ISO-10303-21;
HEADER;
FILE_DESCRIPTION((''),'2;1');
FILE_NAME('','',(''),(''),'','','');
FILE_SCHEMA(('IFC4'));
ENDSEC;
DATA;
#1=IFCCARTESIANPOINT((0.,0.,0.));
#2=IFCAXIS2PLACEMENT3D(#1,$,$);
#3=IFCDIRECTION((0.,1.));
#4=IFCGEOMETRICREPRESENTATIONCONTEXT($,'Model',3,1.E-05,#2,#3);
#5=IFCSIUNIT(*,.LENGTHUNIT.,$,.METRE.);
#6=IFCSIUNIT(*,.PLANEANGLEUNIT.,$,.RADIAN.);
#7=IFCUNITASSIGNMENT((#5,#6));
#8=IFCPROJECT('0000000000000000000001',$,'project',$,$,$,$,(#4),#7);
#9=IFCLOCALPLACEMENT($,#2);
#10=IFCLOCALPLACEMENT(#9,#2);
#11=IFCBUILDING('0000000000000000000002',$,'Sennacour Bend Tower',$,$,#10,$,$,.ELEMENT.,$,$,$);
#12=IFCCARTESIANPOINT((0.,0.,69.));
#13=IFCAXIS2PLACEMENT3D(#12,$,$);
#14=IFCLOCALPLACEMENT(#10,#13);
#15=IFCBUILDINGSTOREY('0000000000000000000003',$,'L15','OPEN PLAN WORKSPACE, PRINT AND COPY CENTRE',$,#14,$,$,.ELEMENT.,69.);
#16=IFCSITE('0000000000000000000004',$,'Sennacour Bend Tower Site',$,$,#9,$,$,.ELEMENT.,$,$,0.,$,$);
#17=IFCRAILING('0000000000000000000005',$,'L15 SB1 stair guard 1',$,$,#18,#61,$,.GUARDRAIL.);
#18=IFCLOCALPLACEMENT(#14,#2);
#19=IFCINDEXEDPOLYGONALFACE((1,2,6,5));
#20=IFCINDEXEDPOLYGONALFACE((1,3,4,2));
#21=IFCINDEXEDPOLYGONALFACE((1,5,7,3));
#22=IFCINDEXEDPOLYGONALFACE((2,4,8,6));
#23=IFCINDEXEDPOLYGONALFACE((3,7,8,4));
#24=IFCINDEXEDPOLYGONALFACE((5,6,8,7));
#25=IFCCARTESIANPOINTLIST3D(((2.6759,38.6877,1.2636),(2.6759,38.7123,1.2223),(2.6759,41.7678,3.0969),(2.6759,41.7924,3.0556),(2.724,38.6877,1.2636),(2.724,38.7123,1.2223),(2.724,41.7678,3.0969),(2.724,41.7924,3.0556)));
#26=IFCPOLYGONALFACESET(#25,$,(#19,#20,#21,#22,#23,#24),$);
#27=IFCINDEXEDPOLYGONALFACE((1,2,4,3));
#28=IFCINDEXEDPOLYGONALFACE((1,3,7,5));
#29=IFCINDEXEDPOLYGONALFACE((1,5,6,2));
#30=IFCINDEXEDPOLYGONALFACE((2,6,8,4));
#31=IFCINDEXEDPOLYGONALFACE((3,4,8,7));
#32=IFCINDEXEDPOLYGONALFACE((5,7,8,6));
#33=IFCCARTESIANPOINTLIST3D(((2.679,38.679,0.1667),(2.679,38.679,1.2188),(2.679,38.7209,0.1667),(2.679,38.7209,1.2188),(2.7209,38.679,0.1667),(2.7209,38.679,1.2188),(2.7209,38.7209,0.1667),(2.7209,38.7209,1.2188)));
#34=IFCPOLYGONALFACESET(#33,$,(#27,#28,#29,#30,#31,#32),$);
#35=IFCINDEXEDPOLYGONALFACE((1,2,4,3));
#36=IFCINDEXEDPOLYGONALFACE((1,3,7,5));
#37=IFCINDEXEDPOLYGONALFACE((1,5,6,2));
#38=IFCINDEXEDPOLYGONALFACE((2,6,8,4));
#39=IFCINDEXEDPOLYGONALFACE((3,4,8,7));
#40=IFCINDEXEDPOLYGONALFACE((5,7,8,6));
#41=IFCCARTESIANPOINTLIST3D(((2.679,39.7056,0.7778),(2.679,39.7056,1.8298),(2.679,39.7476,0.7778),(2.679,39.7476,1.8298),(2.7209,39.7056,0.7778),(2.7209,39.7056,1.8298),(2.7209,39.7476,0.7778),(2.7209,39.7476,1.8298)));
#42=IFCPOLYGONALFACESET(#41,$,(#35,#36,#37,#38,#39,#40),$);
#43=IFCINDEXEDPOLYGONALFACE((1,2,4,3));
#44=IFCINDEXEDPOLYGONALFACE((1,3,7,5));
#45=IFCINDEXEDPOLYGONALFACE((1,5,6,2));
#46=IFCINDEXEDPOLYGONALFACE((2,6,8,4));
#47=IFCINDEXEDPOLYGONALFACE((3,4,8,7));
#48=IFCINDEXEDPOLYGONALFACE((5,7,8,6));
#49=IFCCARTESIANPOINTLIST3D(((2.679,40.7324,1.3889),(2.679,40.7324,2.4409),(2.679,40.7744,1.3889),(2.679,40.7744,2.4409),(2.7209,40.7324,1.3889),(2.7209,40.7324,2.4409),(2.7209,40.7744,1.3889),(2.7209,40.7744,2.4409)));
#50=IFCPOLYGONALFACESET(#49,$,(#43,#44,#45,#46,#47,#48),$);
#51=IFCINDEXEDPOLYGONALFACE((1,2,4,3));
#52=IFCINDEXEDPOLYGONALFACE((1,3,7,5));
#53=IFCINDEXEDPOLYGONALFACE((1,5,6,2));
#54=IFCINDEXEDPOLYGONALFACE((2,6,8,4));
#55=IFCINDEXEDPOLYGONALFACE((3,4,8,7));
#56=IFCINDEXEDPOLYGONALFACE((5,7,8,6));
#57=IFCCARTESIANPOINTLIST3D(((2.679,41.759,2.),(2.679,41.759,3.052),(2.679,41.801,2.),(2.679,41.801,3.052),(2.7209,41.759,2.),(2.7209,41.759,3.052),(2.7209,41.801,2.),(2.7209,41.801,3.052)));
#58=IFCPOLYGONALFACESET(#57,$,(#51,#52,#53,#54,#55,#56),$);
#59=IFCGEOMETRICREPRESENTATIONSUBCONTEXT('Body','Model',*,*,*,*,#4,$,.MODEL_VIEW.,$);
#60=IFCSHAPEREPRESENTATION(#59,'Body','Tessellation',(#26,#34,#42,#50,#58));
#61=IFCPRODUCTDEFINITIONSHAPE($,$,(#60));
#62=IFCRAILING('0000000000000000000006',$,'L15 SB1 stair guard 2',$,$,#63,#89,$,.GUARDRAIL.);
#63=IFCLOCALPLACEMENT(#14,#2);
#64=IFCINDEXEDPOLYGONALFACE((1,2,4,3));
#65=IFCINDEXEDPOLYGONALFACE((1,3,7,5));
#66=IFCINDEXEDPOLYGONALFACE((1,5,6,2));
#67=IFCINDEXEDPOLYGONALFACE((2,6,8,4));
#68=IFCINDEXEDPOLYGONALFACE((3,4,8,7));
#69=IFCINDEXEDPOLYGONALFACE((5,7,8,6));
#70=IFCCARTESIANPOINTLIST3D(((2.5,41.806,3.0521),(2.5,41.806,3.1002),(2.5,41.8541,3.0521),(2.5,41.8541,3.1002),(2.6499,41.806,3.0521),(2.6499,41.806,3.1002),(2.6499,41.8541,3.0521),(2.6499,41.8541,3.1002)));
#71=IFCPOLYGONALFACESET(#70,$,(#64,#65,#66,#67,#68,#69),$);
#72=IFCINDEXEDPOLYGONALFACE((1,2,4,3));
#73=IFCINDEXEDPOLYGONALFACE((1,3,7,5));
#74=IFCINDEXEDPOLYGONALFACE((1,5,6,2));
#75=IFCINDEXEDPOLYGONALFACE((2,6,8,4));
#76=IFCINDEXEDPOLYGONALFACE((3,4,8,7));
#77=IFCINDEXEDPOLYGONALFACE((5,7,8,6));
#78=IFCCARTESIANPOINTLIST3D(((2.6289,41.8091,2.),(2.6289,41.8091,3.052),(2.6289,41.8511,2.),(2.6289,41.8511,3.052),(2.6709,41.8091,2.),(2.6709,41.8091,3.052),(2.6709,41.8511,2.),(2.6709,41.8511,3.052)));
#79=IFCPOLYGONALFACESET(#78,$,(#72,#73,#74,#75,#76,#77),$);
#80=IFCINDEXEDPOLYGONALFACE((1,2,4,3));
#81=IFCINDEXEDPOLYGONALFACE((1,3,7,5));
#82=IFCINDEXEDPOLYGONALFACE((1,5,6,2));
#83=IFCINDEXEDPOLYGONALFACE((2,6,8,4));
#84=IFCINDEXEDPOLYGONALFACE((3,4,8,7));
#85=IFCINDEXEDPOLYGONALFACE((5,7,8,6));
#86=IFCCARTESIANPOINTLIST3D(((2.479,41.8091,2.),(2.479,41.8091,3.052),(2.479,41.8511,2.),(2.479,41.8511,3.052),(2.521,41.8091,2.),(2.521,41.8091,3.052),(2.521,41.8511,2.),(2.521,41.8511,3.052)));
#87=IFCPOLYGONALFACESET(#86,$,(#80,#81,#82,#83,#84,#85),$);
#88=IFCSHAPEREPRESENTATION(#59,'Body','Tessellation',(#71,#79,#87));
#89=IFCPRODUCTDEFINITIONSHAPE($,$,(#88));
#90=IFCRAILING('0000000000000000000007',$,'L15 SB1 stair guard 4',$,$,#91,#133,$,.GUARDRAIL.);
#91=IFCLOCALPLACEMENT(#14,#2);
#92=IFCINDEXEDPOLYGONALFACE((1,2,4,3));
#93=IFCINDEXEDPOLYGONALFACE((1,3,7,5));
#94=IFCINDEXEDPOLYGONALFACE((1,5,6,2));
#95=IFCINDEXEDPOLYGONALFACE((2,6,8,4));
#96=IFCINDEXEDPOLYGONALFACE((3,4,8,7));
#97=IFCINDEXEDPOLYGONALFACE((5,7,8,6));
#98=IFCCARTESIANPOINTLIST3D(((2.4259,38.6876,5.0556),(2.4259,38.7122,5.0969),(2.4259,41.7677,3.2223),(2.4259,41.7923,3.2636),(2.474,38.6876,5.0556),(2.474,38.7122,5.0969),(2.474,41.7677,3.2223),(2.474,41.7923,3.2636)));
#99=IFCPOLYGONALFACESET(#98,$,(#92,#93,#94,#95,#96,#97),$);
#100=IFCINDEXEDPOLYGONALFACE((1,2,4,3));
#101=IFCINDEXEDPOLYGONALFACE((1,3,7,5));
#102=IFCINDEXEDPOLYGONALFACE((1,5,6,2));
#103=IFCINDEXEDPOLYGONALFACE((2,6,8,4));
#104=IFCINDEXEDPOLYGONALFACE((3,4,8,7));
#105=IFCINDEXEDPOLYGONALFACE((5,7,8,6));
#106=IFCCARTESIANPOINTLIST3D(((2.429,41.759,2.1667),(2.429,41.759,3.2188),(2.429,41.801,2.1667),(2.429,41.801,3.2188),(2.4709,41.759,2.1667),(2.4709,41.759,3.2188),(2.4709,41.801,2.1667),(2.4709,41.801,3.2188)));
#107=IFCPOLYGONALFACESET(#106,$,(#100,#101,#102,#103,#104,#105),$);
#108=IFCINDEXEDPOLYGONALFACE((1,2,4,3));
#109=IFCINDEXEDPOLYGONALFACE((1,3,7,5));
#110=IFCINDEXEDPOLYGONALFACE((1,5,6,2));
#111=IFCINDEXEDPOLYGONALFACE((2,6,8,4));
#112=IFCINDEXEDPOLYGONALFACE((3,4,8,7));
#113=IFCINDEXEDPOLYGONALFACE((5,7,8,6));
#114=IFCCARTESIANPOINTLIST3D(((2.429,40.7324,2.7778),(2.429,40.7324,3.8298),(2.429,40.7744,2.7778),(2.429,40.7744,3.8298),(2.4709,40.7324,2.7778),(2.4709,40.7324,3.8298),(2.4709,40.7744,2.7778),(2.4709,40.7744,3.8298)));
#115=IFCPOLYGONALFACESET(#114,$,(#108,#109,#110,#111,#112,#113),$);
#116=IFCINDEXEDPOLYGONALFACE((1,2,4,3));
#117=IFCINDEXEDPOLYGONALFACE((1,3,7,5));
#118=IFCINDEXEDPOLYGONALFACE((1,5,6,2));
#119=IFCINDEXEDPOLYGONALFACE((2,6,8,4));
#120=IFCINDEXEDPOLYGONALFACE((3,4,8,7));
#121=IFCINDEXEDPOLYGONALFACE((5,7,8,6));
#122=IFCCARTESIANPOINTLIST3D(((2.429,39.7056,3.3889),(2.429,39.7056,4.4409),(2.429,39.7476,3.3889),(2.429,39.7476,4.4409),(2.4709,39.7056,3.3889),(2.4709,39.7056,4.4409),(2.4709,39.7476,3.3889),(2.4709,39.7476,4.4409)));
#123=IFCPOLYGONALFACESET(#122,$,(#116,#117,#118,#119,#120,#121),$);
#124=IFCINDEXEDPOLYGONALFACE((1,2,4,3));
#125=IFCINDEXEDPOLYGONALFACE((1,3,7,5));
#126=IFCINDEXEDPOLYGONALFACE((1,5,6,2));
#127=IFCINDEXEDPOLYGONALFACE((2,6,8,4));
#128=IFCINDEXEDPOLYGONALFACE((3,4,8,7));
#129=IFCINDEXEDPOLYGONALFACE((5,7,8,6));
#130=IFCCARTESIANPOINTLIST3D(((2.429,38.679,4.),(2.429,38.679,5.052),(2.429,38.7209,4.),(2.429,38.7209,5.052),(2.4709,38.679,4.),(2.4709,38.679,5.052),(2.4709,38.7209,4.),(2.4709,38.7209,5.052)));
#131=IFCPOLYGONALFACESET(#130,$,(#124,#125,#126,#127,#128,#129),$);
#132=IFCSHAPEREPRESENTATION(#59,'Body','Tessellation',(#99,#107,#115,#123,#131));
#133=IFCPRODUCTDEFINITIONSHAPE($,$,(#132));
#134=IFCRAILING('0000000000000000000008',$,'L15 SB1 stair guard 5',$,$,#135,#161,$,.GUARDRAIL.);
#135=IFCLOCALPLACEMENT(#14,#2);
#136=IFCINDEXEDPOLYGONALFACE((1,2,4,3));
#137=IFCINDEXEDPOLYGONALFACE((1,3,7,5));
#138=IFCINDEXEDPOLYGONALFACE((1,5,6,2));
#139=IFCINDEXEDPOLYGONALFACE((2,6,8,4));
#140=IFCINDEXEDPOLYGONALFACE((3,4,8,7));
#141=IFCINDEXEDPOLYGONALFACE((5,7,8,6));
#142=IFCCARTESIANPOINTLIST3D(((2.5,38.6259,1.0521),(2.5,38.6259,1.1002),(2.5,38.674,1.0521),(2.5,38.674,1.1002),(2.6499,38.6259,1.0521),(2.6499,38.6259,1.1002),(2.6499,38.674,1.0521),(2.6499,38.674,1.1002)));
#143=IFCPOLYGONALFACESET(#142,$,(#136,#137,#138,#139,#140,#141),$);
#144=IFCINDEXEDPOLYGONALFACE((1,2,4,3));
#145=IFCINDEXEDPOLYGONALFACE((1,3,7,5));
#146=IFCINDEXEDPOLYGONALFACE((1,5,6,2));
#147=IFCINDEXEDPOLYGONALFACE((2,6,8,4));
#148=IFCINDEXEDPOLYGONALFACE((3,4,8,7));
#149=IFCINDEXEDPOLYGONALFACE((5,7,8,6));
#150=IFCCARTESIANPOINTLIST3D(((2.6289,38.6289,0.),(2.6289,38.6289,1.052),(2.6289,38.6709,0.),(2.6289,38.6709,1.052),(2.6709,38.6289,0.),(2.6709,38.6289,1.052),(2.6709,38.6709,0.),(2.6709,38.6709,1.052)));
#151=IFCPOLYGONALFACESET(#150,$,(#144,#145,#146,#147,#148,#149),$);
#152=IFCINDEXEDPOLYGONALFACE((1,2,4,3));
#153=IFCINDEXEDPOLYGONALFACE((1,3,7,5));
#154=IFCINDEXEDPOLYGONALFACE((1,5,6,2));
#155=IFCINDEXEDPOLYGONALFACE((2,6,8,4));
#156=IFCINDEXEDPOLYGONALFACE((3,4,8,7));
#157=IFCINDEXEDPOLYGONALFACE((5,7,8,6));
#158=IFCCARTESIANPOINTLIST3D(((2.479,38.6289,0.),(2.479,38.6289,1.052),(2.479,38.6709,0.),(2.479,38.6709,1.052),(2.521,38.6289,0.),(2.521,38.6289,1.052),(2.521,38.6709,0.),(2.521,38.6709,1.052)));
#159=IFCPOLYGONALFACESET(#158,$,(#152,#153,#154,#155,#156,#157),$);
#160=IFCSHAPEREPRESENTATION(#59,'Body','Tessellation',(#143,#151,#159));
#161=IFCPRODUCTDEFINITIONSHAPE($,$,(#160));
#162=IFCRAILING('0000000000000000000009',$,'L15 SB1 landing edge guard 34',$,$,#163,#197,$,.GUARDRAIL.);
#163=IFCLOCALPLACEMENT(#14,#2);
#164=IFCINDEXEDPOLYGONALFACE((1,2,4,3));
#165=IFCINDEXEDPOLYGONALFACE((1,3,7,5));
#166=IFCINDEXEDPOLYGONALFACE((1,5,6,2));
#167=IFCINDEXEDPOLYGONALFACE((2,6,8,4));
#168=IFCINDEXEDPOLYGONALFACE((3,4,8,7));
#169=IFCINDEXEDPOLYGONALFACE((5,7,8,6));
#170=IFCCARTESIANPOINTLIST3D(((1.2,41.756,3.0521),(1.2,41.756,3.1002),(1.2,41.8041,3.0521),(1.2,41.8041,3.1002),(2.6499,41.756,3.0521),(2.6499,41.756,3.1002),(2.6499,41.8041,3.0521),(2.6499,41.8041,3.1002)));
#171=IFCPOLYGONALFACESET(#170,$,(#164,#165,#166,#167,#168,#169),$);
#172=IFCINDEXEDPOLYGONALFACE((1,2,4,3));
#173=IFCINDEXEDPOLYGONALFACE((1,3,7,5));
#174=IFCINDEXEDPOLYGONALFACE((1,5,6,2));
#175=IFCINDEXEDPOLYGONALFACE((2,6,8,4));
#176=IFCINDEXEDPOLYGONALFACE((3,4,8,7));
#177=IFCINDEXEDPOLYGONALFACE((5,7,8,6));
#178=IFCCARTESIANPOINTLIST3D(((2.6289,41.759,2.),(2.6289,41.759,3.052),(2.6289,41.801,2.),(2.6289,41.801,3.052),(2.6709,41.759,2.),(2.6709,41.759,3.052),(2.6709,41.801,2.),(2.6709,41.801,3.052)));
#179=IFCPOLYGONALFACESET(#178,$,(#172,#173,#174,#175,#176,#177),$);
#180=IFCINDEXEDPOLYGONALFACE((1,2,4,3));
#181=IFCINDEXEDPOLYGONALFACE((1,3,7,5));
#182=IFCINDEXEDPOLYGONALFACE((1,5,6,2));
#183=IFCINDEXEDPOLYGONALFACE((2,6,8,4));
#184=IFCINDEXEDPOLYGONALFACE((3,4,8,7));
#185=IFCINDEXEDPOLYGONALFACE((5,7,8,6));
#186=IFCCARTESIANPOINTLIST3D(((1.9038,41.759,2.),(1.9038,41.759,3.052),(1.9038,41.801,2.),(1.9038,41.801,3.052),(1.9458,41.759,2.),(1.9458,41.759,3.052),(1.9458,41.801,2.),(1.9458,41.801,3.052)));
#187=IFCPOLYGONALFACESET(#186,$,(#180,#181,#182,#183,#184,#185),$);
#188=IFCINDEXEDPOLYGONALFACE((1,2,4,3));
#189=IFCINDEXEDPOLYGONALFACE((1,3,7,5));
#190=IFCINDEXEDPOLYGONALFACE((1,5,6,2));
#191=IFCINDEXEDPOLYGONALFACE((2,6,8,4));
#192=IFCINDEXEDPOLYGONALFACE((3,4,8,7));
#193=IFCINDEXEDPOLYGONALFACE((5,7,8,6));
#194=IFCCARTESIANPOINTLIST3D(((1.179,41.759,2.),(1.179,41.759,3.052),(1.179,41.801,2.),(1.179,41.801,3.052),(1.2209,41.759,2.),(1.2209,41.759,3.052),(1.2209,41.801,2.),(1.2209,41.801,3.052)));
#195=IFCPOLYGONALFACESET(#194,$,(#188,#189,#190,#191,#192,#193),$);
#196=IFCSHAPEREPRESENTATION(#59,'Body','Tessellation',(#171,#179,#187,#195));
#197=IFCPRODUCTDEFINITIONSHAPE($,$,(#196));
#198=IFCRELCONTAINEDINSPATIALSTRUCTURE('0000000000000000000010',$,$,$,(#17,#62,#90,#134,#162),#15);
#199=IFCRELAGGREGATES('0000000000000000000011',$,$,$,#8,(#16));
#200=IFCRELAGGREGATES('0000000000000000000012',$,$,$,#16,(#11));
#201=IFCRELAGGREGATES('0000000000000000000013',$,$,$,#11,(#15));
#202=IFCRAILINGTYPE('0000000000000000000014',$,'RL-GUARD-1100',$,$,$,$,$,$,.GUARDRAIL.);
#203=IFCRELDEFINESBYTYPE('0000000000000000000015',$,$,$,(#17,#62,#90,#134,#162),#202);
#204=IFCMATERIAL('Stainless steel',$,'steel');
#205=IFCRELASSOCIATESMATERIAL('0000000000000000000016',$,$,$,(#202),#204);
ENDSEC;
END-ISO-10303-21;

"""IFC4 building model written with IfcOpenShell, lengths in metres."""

from ifc_helpers import new_model, si_unit, direction, frame, origin, origin_2d, place, context, subcontext, project, spatial, rectangle, extrude, material, type_object, element, save


model = new_model("IFC4")

# Units and contexts
model_context = context("Model", 3, precision=1e-05, world=origin(), true_north=direction((0.0, 1.0)))
body_context = subcontext(model_context, "Body", "Model", "MODEL_VIEW")
ifc_project = project(units=[si_unit("LENGTHUNIT", "METRE"), si_unit("PLANEANGLEUNIT", "RADIAN")], contexts=[model_context])

# Site, building, storey
site_placement = place(None, origin())
site = spatial("IfcSite", under=ifc_project, at=site_placement, Name="Sennacour Bend Tower Site", CompositionType="ELEMENT", RefElevation=0.0)
building_placement = place(site_placement, origin())
building = spatial("IfcBuilding", under=site, at=building_placement, Name="Sennacour Bend Tower", CompositionType="ELEMENT")
storey_placement = place(building_placement, frame((0.0, 0.0, 69.0)))
storey = spatial("IfcBuildingStorey", under=building, at=storey_placement, Name="L15", Description="OPEN PLAN WORKSPACE, PRINT AND COPY CENTRE", CompositionType="ELEMENT", Elevation=69.0)

# Railings
ifc_material_1 = material(Name="Stainless steel", Category="steel")
railing_type_1 = type_object("IfcRailingType", Name="RL-GUARD-1100", PredefinedType="GUARDRAIL", material=ifc_material_1)
railing_1_placement = place(storey_placement, frame((2.7, 38.7, 0.1667)))
element("IfcRailing", 1, at=railing_1_placement, inside=storey, type_object=railing_type_1, Name="L15 SB1 stair guard 1", PredefinedType="GUARDRAIL", context=body_context, shape_type="SweptSolid", body=[
    extrude(rectangle(XDim=0.0481, YDim=0.0481, at=origin_2d()), frame((0.0, 0.0, 1.0762), z_axis=(0.0, 0.859309, 0.511458), x_axis=(-1.0, 0.0, 0.0)), (0.0, 0.0, 1.0), 3.5845),
    extrude(rectangle(XDim=0.042, YDim=0.042, at=origin_2d()), origin(), (0.0, 0.0, 1.0), 1.052),
    extrude(rectangle(XDim=0.042, YDim=0.042, at=origin_2d()), frame((0.0, 1.0266, 0.6111)), (0.0, 0.0, 1.0), 1.052),
    extrude(rectangle(XDim=0.042, YDim=0.042, at=origin_2d()), frame((0.0, 2.0535, 1.2222)), (0.0, 0.0, 1.0), 1.052),
    extrude(rectangle(XDim=0.042, YDim=0.042, at=origin_2d()), frame((0.0, 3.0801, 1.8333)), (0.0, 0.0, 1.0), 1.052),
])
railing_2_placement = place(storey_placement, frame((2.6499, 41.8301, 2.0)))
element("IfcRailing", 2, at=railing_2_placement, inside=storey, type_object=railing_type_1, Name="L15 SB1 stair guard 2", PredefinedType="GUARDRAIL", context=body_context, shape_type="SweptSolid", body=[
    extrude(rectangle(XDim=0.0481, YDim=0.0481, at=origin_2d()), frame((0.0, 0.0, 1.0762), z_axis=(-1.0, 0.0, 0.0), x_axis=(0.0, -1.0, 0.0)), (0.0, 0.0, 1.0), 0.1499),
    extrude(rectangle(XDim=0.042, YDim=0.042, at=origin_2d()), origin(), (0.0, 0.0, 1.0), 1.052),
    extrude(rectangle(XDim=0.042, YDim=0.042, at=origin_2d()), frame((-0.1499, 0.0, 0.0)), (0.0, 0.0, 1.0), 1.052),
])
railing_3_placement = place(storey_placement, frame((2.45, 41.78, 2.1667)))
element("IfcRailing", 3, at=railing_3_placement, inside=storey, type_object=railing_type_1, Name="L15 SB1 stair guard 4", PredefinedType="GUARDRAIL", context=body_context, shape_type="SweptSolid", body=[
    extrude(rectangle(XDim=0.0481, YDim=0.0481, at=origin_2d()), frame((0.0, 0.0, 1.0762), z_axis=(0.0, -0.859309, 0.511458), x_axis=(1.0, 0.0, 0.0)), (0.0, 0.0, 1.0), 3.5845),
    extrude(rectangle(XDim=0.042, YDim=0.042, at=origin_2d()), origin(), (0.0, 0.0, 1.0), 1.052),
    extrude(rectangle(XDim=0.042, YDim=0.042, at=origin_2d()), frame((0.0, -1.0266, 0.6111)), (0.0, 0.0, 1.0), 1.052),
    extrude(rectangle(XDim=0.042, YDim=0.042, at=origin_2d()), frame((0.0, -2.0535, 1.2222)), (0.0, 0.0, 1.0), 1.052),
    extrude(rectangle(XDim=0.042, YDim=0.042, at=origin_2d()), frame((0.0, -3.0801, 1.8333)), (0.0, 0.0, 1.0), 1.052),
])
railing_4_placement = place(storey_placement, frame((2.6499, 38.6499, 0.0)))
element("IfcRailing", 4, at=railing_4_placement, inside=storey, type_object=railing_type_1, Name="L15 SB1 stair guard 5", PredefinedType="GUARDRAIL", context=body_context, shape_type="SweptSolid", body=[
    extrude(rectangle(XDim=0.0481, YDim=0.0481, at=origin_2d()), frame((0.0, 0.0, 1.0762), z_axis=(-1.0, 0.0, 0.0), x_axis=(0.0, -1.0, 0.0)), (0.0, 0.0, 1.0), 0.1499),
    extrude(rectangle(XDim=0.042, YDim=0.042, at=origin_2d()), origin(), (0.0, 0.0, 1.0), 1.052),
    extrude(rectangle(XDim=0.042, YDim=0.042, at=origin_2d()), frame((-0.1499, 0.0, 0.0)), (0.0, 0.0, 1.0), 1.052),
])
railing_5_placement = place(storey_placement, frame((2.6499, 41.78, 2.0)))
element("IfcRailing", 5, at=railing_5_placement, inside=storey, type_object=railing_type_1, Name="L15 SB1 landing edge guard 34", PredefinedType="GUARDRAIL", context=body_context, shape_type="SweptSolid", body=[
    extrude(rectangle(XDim=0.0481, YDim=0.0481, at=origin_2d()), frame((0.0, 0.0, 1.0762), z_axis=(-1.0, 0.0, 0.0), x_axis=(0.0, -1.0, 0.0)), (0.0, 0.0, 1.0), 1.45),
    extrude(rectangle(XDim=0.042, YDim=0.042, at=origin_2d()), origin(), (0.0, 0.0, 1.0), 1.052),
    extrude(rectangle(XDim=0.042, YDim=0.042, at=origin_2d()), frame((-0.7251, 0.0, 0.0)), (0.0, 0.0, 1.0), 1.052),
    extrude(rectangle(XDim=0.042, YDim=0.042, at=origin_2d()), frame((-1.45, 0.0, 0.0)), (0.0, 0.0, 1.0), 1.052),
])

save(model, "model.ifc")
